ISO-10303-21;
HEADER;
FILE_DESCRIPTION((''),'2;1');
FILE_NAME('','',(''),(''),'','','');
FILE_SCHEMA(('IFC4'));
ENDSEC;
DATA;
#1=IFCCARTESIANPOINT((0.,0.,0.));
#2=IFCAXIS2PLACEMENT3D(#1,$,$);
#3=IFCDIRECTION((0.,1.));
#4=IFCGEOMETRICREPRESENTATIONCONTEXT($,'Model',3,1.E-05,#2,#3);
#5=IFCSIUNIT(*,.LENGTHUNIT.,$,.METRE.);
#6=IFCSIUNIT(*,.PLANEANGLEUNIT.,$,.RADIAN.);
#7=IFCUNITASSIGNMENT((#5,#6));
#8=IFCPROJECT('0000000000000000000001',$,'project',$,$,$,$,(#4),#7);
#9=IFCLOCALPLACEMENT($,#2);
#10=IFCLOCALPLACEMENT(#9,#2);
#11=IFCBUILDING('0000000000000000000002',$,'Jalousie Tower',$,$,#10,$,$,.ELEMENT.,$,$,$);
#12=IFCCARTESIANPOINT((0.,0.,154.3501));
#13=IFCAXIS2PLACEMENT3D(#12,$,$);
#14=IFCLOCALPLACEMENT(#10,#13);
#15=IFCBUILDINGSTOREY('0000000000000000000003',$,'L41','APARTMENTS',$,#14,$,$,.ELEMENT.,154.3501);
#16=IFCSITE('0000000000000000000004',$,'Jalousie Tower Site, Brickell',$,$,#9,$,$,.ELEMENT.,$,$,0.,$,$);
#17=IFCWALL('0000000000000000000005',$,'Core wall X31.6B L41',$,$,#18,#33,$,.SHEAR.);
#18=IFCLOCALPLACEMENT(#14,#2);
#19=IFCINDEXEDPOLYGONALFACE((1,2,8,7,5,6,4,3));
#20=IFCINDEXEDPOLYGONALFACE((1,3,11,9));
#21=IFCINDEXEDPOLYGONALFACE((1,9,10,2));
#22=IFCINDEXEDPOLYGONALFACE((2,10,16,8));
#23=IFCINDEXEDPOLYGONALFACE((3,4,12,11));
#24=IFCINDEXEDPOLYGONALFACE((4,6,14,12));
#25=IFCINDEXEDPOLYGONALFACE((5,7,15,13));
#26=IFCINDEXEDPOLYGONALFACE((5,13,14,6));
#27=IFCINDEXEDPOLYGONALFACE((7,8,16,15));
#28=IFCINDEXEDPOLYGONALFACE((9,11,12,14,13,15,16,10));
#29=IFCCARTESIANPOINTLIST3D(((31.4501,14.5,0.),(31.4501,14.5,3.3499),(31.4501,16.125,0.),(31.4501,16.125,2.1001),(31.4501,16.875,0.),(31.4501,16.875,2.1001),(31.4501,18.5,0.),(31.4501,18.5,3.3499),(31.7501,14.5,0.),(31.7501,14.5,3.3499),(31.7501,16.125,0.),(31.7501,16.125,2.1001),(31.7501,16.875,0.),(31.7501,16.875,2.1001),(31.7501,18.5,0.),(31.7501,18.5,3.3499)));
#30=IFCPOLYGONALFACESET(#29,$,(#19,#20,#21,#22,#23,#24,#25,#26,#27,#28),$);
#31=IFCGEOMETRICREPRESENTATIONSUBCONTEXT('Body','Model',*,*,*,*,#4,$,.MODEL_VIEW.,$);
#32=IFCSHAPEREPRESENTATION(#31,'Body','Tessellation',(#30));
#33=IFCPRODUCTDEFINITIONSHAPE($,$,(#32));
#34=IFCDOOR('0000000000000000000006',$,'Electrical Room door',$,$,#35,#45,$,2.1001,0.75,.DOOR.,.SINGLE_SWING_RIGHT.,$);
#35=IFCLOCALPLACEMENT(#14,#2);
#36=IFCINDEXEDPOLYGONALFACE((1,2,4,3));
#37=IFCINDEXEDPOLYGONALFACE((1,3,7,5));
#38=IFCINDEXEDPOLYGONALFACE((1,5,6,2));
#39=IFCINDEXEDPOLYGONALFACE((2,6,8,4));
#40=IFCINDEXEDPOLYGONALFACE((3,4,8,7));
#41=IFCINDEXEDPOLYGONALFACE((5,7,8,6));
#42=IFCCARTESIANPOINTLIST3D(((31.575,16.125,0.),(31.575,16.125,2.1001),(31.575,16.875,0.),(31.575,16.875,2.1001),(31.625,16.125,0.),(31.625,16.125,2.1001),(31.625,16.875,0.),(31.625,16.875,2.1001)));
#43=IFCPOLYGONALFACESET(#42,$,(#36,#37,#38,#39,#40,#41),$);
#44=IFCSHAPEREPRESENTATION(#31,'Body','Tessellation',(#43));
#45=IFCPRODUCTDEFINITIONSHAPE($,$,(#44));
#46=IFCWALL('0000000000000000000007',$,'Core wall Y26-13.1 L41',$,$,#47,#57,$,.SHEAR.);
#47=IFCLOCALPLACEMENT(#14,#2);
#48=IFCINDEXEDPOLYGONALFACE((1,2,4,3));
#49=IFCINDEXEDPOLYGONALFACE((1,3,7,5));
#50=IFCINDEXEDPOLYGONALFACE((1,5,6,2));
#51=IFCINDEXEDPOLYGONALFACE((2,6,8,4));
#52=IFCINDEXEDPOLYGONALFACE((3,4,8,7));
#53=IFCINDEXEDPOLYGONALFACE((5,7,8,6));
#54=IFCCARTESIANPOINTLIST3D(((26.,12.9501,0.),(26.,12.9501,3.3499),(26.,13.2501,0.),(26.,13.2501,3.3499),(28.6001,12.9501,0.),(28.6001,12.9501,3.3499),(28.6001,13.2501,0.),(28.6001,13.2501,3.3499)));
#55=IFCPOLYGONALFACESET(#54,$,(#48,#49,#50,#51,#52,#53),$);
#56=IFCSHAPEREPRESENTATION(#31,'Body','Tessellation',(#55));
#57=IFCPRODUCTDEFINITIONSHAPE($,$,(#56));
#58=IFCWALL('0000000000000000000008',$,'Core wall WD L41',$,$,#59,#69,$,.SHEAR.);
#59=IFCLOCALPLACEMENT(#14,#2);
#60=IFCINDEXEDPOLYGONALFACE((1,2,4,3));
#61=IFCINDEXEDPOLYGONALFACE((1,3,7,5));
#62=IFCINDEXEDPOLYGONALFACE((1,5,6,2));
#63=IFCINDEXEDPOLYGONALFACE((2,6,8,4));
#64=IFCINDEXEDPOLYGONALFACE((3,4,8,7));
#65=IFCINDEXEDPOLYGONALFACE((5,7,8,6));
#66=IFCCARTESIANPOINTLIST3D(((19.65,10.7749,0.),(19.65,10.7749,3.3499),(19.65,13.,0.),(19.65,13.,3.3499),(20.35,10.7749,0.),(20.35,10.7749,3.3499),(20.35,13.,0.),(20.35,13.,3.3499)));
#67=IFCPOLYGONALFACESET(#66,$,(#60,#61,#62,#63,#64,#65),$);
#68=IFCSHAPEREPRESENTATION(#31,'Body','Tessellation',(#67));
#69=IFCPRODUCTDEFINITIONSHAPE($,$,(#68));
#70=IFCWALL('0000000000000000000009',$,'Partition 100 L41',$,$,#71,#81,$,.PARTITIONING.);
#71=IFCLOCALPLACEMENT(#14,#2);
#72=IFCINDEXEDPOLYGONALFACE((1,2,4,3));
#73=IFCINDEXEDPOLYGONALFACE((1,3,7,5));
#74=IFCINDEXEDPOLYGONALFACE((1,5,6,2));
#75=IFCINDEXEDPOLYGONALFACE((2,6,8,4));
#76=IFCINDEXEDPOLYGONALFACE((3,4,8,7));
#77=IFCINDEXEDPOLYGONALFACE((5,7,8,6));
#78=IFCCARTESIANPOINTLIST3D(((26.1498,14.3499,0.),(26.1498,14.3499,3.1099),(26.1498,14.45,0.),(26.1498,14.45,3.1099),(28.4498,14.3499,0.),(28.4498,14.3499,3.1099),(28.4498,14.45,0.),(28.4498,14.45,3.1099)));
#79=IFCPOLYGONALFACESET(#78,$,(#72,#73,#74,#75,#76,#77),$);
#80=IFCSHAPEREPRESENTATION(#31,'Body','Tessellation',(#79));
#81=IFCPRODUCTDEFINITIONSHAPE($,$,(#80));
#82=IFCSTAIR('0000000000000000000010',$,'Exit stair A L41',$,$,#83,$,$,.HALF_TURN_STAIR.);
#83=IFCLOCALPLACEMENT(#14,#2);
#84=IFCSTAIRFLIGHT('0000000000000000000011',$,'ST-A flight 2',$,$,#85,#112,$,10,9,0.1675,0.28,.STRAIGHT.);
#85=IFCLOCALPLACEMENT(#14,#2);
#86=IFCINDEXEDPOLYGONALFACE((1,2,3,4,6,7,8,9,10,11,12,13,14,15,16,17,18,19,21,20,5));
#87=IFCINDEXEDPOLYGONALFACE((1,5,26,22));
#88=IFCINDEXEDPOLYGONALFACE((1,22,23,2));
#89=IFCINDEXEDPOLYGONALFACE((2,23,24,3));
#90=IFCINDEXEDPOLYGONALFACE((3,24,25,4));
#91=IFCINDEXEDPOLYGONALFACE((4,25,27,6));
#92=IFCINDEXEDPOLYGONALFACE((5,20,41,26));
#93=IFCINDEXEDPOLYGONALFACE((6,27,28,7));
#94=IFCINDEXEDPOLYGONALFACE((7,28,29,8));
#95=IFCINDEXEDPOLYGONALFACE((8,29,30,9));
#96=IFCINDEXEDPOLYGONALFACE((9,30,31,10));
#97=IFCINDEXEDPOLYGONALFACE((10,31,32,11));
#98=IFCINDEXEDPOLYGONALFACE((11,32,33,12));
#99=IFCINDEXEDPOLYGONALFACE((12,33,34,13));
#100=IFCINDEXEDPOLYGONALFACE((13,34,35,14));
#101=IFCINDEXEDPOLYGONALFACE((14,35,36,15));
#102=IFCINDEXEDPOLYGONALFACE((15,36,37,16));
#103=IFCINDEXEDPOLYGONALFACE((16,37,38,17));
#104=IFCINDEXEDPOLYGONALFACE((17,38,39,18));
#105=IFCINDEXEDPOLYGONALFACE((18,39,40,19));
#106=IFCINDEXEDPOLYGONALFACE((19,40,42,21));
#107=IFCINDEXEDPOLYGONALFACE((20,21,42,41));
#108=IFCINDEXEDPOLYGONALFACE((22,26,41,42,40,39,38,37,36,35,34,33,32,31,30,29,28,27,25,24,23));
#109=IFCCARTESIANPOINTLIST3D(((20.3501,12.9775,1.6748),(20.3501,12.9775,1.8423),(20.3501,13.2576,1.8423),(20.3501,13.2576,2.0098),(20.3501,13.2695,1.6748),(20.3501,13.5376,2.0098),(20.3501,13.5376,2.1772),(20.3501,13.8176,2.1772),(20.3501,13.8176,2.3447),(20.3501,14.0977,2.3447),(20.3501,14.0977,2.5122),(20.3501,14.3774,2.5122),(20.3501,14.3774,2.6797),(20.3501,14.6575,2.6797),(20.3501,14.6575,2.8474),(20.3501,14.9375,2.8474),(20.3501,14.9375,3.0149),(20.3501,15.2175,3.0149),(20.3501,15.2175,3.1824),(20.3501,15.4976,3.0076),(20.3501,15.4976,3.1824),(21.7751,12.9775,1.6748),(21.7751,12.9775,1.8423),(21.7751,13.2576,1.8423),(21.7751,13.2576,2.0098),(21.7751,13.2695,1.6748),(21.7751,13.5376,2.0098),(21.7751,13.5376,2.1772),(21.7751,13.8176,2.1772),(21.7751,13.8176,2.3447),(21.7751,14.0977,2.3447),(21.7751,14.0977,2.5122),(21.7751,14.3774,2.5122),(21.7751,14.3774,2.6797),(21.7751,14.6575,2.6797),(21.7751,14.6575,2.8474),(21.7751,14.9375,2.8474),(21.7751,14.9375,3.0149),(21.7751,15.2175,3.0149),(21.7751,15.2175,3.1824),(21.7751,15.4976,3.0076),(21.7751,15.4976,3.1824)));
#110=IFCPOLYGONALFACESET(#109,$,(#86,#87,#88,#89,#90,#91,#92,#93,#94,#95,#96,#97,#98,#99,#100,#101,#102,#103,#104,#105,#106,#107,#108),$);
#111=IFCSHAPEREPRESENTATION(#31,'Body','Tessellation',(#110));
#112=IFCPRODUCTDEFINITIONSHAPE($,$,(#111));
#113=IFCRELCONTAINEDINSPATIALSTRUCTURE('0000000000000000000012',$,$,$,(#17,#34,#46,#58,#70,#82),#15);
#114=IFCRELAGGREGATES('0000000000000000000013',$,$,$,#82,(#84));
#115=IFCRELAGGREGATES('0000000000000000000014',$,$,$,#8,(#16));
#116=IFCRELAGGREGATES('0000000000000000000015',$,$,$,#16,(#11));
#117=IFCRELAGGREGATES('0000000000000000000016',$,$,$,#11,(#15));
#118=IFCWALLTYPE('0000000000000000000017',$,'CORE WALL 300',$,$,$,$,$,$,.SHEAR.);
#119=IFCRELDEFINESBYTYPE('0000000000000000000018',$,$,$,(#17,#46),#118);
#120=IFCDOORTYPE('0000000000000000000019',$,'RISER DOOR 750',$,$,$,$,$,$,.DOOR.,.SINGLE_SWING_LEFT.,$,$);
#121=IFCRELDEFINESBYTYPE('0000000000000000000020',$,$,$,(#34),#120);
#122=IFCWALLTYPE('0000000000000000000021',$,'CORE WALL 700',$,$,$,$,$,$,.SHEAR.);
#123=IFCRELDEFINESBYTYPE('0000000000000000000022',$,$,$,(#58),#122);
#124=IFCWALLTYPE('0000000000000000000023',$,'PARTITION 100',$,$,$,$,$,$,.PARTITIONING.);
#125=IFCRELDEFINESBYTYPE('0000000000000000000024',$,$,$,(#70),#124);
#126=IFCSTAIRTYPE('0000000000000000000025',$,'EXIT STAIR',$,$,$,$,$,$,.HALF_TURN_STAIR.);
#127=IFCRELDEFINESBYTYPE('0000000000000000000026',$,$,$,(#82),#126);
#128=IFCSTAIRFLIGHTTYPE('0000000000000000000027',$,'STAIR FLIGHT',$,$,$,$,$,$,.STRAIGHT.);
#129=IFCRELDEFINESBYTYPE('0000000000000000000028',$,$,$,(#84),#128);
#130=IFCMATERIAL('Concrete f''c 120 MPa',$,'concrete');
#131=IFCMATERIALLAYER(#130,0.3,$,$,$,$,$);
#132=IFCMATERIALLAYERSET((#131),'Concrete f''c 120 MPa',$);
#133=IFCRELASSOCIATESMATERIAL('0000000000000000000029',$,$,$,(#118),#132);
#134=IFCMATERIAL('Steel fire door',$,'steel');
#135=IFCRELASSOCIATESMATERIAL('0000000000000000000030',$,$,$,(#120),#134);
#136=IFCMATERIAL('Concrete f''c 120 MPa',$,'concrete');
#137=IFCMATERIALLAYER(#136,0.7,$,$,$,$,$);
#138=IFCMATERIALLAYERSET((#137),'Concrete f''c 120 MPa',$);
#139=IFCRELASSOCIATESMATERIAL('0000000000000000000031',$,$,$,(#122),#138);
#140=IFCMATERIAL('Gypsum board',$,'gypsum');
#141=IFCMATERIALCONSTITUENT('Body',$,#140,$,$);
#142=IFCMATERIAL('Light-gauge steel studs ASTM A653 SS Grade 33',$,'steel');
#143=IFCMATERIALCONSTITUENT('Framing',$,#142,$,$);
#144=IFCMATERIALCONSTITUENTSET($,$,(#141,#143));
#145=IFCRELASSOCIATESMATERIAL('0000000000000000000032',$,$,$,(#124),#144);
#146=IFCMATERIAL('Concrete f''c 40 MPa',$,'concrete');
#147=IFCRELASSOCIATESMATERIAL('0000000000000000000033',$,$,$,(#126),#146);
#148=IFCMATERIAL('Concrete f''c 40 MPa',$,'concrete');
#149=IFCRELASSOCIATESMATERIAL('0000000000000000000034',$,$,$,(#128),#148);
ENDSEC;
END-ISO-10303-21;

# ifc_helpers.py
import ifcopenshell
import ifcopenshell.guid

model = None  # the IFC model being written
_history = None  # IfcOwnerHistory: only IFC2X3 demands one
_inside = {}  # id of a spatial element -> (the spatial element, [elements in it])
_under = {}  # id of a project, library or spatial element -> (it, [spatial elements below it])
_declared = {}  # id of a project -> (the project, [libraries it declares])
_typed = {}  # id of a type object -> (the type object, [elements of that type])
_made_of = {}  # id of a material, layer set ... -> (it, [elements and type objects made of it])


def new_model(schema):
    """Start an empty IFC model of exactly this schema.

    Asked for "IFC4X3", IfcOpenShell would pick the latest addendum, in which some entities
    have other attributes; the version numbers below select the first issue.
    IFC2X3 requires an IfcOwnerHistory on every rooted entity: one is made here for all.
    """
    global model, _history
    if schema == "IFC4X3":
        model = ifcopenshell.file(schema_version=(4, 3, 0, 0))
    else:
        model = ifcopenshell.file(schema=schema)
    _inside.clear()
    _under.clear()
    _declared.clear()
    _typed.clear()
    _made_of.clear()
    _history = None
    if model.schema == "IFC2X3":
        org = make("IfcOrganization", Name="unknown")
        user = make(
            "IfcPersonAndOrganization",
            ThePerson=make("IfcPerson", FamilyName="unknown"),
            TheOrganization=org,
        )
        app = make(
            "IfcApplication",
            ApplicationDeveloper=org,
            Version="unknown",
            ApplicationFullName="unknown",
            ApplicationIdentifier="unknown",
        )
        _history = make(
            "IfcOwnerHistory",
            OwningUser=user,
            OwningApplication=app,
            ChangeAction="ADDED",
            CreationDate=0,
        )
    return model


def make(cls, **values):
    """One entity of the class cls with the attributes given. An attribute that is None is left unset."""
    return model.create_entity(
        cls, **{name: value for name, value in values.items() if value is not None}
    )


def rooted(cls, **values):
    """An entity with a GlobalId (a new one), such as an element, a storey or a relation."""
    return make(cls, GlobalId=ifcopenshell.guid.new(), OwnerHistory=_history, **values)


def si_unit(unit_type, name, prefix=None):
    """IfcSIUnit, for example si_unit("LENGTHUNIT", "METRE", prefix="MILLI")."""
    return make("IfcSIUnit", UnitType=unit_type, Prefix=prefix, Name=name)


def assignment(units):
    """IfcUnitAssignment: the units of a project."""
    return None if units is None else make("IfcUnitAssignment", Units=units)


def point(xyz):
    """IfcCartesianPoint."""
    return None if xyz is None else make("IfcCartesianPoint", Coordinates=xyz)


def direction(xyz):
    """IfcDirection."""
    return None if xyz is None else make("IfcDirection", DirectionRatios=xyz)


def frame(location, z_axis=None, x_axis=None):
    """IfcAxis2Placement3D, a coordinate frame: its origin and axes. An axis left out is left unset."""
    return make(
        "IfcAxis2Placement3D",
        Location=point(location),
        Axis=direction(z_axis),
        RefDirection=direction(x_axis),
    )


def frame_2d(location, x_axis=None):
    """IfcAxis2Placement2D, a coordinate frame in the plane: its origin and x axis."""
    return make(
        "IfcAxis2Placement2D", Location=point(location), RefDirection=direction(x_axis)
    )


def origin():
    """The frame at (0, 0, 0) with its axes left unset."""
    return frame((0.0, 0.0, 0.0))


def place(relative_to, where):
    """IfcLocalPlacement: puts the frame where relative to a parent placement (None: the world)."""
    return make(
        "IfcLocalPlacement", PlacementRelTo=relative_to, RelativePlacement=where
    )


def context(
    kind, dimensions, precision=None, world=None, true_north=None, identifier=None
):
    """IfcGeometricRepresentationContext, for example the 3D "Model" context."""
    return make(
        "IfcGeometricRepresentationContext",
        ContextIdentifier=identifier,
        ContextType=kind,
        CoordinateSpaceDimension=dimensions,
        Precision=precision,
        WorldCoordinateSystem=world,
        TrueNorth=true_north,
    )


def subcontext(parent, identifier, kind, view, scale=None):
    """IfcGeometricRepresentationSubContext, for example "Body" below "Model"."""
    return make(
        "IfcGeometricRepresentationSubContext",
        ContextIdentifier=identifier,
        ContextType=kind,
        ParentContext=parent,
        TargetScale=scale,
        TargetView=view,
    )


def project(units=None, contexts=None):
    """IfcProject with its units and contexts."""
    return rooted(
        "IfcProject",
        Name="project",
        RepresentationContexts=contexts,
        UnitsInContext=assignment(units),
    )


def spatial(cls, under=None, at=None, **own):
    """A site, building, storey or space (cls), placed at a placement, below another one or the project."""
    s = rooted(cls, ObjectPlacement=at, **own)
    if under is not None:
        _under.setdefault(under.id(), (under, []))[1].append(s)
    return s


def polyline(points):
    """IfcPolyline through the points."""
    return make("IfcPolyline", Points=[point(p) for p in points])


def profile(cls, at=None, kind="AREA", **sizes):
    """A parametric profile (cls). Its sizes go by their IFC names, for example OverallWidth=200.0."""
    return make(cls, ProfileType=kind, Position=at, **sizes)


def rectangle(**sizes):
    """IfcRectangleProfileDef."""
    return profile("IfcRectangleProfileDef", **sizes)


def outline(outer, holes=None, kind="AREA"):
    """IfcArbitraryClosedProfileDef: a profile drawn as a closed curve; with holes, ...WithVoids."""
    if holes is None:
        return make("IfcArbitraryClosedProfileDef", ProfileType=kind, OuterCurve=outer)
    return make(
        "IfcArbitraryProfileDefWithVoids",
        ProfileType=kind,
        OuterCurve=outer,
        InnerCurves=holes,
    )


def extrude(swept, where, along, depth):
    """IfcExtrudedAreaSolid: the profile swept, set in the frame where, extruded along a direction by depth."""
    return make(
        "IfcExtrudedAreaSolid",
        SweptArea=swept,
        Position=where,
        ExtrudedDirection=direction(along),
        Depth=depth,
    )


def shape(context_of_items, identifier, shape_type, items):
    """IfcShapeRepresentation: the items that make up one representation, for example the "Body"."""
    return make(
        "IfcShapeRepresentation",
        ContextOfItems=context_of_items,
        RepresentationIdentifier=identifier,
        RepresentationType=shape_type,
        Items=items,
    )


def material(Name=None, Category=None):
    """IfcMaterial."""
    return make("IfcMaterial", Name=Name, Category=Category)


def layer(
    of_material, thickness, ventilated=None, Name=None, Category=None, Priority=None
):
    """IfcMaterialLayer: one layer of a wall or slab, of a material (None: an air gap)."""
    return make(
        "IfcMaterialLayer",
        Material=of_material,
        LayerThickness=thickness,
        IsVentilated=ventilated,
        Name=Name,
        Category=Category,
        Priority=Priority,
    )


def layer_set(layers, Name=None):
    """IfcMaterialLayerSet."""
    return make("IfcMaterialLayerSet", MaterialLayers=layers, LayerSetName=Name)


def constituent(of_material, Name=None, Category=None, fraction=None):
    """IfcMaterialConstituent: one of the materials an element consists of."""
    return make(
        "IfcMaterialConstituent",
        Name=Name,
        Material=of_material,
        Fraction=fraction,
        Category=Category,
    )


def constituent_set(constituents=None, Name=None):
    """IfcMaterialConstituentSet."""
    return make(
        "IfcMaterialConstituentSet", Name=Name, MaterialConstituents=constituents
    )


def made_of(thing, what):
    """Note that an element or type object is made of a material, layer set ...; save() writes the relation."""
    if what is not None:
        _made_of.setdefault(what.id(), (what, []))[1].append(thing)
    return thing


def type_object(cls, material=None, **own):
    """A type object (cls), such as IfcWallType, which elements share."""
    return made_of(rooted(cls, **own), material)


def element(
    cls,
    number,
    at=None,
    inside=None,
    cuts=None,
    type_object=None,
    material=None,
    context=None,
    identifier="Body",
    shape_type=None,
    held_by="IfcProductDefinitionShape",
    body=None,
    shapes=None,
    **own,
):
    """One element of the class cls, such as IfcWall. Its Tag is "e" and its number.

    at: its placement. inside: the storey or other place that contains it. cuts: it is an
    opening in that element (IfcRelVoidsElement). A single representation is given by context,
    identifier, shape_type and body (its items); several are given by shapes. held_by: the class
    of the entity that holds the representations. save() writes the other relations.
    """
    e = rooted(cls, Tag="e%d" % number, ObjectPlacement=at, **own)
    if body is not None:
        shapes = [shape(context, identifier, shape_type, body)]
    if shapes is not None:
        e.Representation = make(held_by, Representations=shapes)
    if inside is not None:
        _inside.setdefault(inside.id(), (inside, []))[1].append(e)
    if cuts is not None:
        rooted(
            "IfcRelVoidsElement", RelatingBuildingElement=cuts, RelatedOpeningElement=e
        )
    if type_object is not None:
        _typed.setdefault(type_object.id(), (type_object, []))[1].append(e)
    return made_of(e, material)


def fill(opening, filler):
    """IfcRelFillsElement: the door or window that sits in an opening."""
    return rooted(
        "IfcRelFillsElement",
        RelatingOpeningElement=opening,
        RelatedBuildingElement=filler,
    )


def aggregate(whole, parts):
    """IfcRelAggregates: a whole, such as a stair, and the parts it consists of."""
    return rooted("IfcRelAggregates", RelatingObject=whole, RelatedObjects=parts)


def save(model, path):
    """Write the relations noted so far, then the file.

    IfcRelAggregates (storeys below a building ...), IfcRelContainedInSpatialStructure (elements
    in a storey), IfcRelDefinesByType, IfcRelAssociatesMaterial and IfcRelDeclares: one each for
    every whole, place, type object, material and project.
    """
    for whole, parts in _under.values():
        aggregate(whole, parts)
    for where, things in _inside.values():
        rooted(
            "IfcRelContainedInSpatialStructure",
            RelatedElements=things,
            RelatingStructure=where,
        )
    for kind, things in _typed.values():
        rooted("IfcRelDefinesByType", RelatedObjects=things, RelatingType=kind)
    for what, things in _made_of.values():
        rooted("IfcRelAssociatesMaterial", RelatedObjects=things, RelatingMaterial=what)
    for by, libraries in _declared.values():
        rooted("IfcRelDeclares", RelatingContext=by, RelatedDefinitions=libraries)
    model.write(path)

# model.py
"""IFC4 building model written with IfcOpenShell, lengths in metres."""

from ifc_helpers import new_model, si_unit, direction, frame, frame_2d, origin, place, context, subcontext, project, spatial, polyline, rectangle, outline, extrude, material, layer, layer_set, constituent, constituent_set, type_object, element, fill, aggregate, save


model = new_model("IFC4")

# Units and contexts
model_context = context("Model", 3, precision=1e-05, world=origin(), true_north=direction((0.0, 1.0)))
body_context = subcontext(model_context, "Body", "Model", "MODEL_VIEW")
ifc_project = project(units=[si_unit("LENGTHUNIT", "METRE"), si_unit("PLANEANGLEUNIT", "RADIAN")], contexts=[model_context])

# Site, building, storey
site_placement = place(None, origin())
site = spatial("IfcSite", under=ifc_project, at=site_placement, Name="Jalousie Tower Site, Brickell", CompositionType="ELEMENT", RefElevation=0.0)
building_placement = place(site_placement, origin())
building = spatial("IfcBuilding", under=site, at=building_placement, Name="Jalousie Tower", CompositionType="ELEMENT")
storey_placement = place(building_placement, frame((0.0, 0.0, 154.3501)))
storey = spatial("IfcBuildingStorey", under=building, at=storey_placement, Name="L41", Description="APARTMENTS", CompositionType="ELEMENT", Elevation=154.3501)

# Shared definitions
ifc_material_1 = material(Name="Concrete f'c 120 MPa", Category="concrete")
ifc_layer_1 = layer(ifc_material_1, 0.3)
ifc_layer_set_1 = layer_set([ifc_layer_1], Name="Concrete f'c 120 MPa")
wall_type_1 = type_object("IfcWallType", Name="CORE WALL 300", PredefinedType="SHEAR", material=ifc_layer_set_1)

# Wall, opening, door
ifc_material_2 = material(Name="Steel fire door", Category="steel")
door_type_1 = type_object("IfcDoorType", Name="RISER DOOR 750", OperationType="SINGLE_SWING_LEFT", PredefinedType="DOOR", material=ifc_material_2)
wall_1_placement = place(storey_placement, frame((31.6001, 14.5, 0.0), z_axis=(0.0, 0.0, 1.0), x_axis=(0.0, 1.0, 0.0)))
wall_1 = element("IfcWall", 1, at=wall_1_placement, inside=storey, type_object=wall_type_1, Name="Core wall X31.6B L41", PredefinedType="SHEAR", context=body_context, shape_type="SweptSolid", body=[
    extrude(rectangle(XDim=4.0, YDim=0.3, at=frame_2d((2.0, 0.0))), origin(), (0.0, 0.0, 1.0), 3.3499),
])
opening_1_placement = place(wall_1_placement, frame((1.625, 0.0, 0.0)))
opening_1 = element("IfcOpeningElement", 2, at=opening_1_placement, cuts=wall_1, PredefinedType="OPENING", context=body_context, shape_type="SweptSolid", body=[
    extrude(rectangle(XDim=0.75, YDim=2.1001, at=frame_2d((0.375, 1.05))), frame((0.0, 0.1599, 0.0), z_axis=(0.0, -1.0, 0.0), x_axis=(1.0, 0.0, 0.0)), (0.0, 0.0, 1.0), 0.3201),
])
door_1_placement = place(opening_1_placement, frame((0.75, 0.0, 0.0), z_axis=(0.0, 0.0, 1.0), x_axis=(-1.0, 0.0, 0.0)))
door_1 = element("IfcDoor", 3, at=door_1_placement, inside=storey, type_object=door_type_1, Name="Electrical Room door", OperationType="SINGLE_SWING_RIGHT", OverallHeight=2.1001, OverallWidth=0.75, PredefinedType="DOOR", context=body_context, shape_type="SweptSolid", body=[
    extrude(rectangle(XDim=0.75, YDim=2.1001, at=frame_2d((0.375, 1.05))), frame((0.0, 0.0249, 0.0), z_axis=(0.0, -1.0, 0.0), x_axis=(1.0, 0.0, 0.0)), (0.0, 0.0, 1.0), 0.05),
])
fill(opening_1, door_1)

# Walls
wall_2_placement = place(storey_placement, frame((26.0, 13.1001, 0.0), z_axis=(0.0, 0.0, 1.0), x_axis=(1.0, 0.0, 0.0)))
element("IfcWall", 4, at=wall_2_placement, inside=storey, type_object=wall_type_1, Name="Core wall Y26-13.1 L41", PredefinedType="SHEAR", context=body_context, shape_type="SweptSolid", body=[
    extrude(rectangle(XDim=2.6001, YDim=0.3, at=frame_2d((1.3, 0.0))), origin(), (0.0, 0.0, 1.0), 3.3499),
])
ifc_material_3 = material(Name="Concrete f'c 120 MPa", Category="concrete")
ifc_layer_2 = layer(ifc_material_3, 0.7)
ifc_layer_set_2 = layer_set([ifc_layer_2], Name="Concrete f'c 120 MPa")
wall_type_2 = type_object("IfcWallType", Name="CORE WALL 700", PredefinedType="SHEAR", material=ifc_layer_set_2)
wall_3_placement = place(storey_placement, frame((20.0, 13.0, 0.0), z_axis=(0.0, 0.0, 1.0), x_axis=(0.0, -1.0, 0.0)))
element("IfcWall", 5, at=wall_3_placement, inside=storey, type_object=wall_type_2, Name="Core wall WD L41", PredefinedType="SHEAR", context=body_context, shape_type="SweptSolid", body=[
    extrude(rectangle(XDim=2.2251, YDim=0.7, at=frame_2d((1.1125, 0.0))), origin(), (0.0, 0.0, 1.0), 3.3499),
])
ifc_material_4 = material(Name="Gypsum board", Category="gypsum")
ifc_constituent_1 = constituent(ifc_material_4, Name="Body")
ifc_material_5 = material(Name="Light-gauge steel studs ASTM A653 SS Grade 33", Category="steel")
ifc_constituent_2 = constituent(ifc_material_5, Name="Framing")
ifc_constituent_set_1 = constituent_set(constituents=[ifc_constituent_1, ifc_constituent_2])
wall_type_3 = type_object("IfcWallType", Name="PARTITION 100", PredefinedType="PARTITIONING", material=ifc_constituent_set_1)
wall_4_placement = place(storey_placement, frame((26.1499, 14.3999, 0.0), z_axis=(0.0, 0.0, 1.0), x_axis=(1.0, 0.0, 0.0)))
element("IfcWall", 6, at=wall_4_placement, inside=storey, type_object=wall_type_3, Name="Partition 100 L41", PredefinedType="PARTITIONING", context=body_context, shape_type="SweptSolid", body=[
    extrude(rectangle(XDim=2.3, YDim=0.1001, at=frame_2d((1.1499, 0.0))), origin(), (0.0, 0.0, 1.0), 3.1099),
])

# Stair, stair flight
ifc_material_6 = material(Name="Concrete f'c 40 MPa", Category="concrete")
stair_type = type_object("IfcStairType", Name="EXIT STAIR", PredefinedType="HALF_TURN_STAIR", material=ifc_material_6)
stair_placement = place(storey_placement, origin())
stair = element("IfcStair", 7, at=stair_placement, inside=storey, type_object=stair_type, Name="Exit stair A L41", PredefinedType="HALF_TURN_STAIR")
ifc_material_7 = material(Name="Concrete f'c 40 MPa", Category="concrete")
stair_flight_type = type_object("IfcStairFlightType", Name="STAIR FLIGHT", PredefinedType="STRAIGHT", material=ifc_material_7)
stair_flight_placement = place(storey_placement, frame((21.0625, 12.9775, 1.6748), z_axis=(0.0, 0.0, 1.0), x_axis=(0.0, 1.0, 0.0)))
stair_flight = element("IfcStairFlight", 8, at=stair_flight_placement, type_object=stair_flight_type, Name="ST-A flight 2", NumberOfRisers=10, NumberOfTreads=9, PredefinedType="STRAIGHT", RiserHeight=0.1675, TreadLength=0.28, context=body_context, shape_type="SweptSolid", body=[
    extrude(outline(polyline([(0.0, 0.0), (0.0, 0.1675), (0.28, 0.1675), (0.28, 0.335), (0.5601, 0.335), (0.5601, 0.5024), (0.8401, 0.5024), (0.8401, 0.6699), (1.1201, 0.6699), (1.1201, 0.8374), (1.3999, 0.8374), (1.3999, 1.0049), (1.6799, 1.0049), (1.6799, 1.1726), (1.96, 1.1726), (1.96, 1.3401), (2.24, 1.3401), (2.24, 1.5076), (2.52, 1.5076), (2.52, 1.675), (2.52, 1.3328), (0.292, 0.0), (0.0, 0.0)])), frame((0.0, 0.7124, 0.0), z_axis=(0.0, -1.0, 0.0), x_axis=(1.0, 0.0, 0.0)), (0.0, 0.0, 1.0), 1.425),
])
aggregate(stair, [stair_flight])

save(model, "model.ifc")
